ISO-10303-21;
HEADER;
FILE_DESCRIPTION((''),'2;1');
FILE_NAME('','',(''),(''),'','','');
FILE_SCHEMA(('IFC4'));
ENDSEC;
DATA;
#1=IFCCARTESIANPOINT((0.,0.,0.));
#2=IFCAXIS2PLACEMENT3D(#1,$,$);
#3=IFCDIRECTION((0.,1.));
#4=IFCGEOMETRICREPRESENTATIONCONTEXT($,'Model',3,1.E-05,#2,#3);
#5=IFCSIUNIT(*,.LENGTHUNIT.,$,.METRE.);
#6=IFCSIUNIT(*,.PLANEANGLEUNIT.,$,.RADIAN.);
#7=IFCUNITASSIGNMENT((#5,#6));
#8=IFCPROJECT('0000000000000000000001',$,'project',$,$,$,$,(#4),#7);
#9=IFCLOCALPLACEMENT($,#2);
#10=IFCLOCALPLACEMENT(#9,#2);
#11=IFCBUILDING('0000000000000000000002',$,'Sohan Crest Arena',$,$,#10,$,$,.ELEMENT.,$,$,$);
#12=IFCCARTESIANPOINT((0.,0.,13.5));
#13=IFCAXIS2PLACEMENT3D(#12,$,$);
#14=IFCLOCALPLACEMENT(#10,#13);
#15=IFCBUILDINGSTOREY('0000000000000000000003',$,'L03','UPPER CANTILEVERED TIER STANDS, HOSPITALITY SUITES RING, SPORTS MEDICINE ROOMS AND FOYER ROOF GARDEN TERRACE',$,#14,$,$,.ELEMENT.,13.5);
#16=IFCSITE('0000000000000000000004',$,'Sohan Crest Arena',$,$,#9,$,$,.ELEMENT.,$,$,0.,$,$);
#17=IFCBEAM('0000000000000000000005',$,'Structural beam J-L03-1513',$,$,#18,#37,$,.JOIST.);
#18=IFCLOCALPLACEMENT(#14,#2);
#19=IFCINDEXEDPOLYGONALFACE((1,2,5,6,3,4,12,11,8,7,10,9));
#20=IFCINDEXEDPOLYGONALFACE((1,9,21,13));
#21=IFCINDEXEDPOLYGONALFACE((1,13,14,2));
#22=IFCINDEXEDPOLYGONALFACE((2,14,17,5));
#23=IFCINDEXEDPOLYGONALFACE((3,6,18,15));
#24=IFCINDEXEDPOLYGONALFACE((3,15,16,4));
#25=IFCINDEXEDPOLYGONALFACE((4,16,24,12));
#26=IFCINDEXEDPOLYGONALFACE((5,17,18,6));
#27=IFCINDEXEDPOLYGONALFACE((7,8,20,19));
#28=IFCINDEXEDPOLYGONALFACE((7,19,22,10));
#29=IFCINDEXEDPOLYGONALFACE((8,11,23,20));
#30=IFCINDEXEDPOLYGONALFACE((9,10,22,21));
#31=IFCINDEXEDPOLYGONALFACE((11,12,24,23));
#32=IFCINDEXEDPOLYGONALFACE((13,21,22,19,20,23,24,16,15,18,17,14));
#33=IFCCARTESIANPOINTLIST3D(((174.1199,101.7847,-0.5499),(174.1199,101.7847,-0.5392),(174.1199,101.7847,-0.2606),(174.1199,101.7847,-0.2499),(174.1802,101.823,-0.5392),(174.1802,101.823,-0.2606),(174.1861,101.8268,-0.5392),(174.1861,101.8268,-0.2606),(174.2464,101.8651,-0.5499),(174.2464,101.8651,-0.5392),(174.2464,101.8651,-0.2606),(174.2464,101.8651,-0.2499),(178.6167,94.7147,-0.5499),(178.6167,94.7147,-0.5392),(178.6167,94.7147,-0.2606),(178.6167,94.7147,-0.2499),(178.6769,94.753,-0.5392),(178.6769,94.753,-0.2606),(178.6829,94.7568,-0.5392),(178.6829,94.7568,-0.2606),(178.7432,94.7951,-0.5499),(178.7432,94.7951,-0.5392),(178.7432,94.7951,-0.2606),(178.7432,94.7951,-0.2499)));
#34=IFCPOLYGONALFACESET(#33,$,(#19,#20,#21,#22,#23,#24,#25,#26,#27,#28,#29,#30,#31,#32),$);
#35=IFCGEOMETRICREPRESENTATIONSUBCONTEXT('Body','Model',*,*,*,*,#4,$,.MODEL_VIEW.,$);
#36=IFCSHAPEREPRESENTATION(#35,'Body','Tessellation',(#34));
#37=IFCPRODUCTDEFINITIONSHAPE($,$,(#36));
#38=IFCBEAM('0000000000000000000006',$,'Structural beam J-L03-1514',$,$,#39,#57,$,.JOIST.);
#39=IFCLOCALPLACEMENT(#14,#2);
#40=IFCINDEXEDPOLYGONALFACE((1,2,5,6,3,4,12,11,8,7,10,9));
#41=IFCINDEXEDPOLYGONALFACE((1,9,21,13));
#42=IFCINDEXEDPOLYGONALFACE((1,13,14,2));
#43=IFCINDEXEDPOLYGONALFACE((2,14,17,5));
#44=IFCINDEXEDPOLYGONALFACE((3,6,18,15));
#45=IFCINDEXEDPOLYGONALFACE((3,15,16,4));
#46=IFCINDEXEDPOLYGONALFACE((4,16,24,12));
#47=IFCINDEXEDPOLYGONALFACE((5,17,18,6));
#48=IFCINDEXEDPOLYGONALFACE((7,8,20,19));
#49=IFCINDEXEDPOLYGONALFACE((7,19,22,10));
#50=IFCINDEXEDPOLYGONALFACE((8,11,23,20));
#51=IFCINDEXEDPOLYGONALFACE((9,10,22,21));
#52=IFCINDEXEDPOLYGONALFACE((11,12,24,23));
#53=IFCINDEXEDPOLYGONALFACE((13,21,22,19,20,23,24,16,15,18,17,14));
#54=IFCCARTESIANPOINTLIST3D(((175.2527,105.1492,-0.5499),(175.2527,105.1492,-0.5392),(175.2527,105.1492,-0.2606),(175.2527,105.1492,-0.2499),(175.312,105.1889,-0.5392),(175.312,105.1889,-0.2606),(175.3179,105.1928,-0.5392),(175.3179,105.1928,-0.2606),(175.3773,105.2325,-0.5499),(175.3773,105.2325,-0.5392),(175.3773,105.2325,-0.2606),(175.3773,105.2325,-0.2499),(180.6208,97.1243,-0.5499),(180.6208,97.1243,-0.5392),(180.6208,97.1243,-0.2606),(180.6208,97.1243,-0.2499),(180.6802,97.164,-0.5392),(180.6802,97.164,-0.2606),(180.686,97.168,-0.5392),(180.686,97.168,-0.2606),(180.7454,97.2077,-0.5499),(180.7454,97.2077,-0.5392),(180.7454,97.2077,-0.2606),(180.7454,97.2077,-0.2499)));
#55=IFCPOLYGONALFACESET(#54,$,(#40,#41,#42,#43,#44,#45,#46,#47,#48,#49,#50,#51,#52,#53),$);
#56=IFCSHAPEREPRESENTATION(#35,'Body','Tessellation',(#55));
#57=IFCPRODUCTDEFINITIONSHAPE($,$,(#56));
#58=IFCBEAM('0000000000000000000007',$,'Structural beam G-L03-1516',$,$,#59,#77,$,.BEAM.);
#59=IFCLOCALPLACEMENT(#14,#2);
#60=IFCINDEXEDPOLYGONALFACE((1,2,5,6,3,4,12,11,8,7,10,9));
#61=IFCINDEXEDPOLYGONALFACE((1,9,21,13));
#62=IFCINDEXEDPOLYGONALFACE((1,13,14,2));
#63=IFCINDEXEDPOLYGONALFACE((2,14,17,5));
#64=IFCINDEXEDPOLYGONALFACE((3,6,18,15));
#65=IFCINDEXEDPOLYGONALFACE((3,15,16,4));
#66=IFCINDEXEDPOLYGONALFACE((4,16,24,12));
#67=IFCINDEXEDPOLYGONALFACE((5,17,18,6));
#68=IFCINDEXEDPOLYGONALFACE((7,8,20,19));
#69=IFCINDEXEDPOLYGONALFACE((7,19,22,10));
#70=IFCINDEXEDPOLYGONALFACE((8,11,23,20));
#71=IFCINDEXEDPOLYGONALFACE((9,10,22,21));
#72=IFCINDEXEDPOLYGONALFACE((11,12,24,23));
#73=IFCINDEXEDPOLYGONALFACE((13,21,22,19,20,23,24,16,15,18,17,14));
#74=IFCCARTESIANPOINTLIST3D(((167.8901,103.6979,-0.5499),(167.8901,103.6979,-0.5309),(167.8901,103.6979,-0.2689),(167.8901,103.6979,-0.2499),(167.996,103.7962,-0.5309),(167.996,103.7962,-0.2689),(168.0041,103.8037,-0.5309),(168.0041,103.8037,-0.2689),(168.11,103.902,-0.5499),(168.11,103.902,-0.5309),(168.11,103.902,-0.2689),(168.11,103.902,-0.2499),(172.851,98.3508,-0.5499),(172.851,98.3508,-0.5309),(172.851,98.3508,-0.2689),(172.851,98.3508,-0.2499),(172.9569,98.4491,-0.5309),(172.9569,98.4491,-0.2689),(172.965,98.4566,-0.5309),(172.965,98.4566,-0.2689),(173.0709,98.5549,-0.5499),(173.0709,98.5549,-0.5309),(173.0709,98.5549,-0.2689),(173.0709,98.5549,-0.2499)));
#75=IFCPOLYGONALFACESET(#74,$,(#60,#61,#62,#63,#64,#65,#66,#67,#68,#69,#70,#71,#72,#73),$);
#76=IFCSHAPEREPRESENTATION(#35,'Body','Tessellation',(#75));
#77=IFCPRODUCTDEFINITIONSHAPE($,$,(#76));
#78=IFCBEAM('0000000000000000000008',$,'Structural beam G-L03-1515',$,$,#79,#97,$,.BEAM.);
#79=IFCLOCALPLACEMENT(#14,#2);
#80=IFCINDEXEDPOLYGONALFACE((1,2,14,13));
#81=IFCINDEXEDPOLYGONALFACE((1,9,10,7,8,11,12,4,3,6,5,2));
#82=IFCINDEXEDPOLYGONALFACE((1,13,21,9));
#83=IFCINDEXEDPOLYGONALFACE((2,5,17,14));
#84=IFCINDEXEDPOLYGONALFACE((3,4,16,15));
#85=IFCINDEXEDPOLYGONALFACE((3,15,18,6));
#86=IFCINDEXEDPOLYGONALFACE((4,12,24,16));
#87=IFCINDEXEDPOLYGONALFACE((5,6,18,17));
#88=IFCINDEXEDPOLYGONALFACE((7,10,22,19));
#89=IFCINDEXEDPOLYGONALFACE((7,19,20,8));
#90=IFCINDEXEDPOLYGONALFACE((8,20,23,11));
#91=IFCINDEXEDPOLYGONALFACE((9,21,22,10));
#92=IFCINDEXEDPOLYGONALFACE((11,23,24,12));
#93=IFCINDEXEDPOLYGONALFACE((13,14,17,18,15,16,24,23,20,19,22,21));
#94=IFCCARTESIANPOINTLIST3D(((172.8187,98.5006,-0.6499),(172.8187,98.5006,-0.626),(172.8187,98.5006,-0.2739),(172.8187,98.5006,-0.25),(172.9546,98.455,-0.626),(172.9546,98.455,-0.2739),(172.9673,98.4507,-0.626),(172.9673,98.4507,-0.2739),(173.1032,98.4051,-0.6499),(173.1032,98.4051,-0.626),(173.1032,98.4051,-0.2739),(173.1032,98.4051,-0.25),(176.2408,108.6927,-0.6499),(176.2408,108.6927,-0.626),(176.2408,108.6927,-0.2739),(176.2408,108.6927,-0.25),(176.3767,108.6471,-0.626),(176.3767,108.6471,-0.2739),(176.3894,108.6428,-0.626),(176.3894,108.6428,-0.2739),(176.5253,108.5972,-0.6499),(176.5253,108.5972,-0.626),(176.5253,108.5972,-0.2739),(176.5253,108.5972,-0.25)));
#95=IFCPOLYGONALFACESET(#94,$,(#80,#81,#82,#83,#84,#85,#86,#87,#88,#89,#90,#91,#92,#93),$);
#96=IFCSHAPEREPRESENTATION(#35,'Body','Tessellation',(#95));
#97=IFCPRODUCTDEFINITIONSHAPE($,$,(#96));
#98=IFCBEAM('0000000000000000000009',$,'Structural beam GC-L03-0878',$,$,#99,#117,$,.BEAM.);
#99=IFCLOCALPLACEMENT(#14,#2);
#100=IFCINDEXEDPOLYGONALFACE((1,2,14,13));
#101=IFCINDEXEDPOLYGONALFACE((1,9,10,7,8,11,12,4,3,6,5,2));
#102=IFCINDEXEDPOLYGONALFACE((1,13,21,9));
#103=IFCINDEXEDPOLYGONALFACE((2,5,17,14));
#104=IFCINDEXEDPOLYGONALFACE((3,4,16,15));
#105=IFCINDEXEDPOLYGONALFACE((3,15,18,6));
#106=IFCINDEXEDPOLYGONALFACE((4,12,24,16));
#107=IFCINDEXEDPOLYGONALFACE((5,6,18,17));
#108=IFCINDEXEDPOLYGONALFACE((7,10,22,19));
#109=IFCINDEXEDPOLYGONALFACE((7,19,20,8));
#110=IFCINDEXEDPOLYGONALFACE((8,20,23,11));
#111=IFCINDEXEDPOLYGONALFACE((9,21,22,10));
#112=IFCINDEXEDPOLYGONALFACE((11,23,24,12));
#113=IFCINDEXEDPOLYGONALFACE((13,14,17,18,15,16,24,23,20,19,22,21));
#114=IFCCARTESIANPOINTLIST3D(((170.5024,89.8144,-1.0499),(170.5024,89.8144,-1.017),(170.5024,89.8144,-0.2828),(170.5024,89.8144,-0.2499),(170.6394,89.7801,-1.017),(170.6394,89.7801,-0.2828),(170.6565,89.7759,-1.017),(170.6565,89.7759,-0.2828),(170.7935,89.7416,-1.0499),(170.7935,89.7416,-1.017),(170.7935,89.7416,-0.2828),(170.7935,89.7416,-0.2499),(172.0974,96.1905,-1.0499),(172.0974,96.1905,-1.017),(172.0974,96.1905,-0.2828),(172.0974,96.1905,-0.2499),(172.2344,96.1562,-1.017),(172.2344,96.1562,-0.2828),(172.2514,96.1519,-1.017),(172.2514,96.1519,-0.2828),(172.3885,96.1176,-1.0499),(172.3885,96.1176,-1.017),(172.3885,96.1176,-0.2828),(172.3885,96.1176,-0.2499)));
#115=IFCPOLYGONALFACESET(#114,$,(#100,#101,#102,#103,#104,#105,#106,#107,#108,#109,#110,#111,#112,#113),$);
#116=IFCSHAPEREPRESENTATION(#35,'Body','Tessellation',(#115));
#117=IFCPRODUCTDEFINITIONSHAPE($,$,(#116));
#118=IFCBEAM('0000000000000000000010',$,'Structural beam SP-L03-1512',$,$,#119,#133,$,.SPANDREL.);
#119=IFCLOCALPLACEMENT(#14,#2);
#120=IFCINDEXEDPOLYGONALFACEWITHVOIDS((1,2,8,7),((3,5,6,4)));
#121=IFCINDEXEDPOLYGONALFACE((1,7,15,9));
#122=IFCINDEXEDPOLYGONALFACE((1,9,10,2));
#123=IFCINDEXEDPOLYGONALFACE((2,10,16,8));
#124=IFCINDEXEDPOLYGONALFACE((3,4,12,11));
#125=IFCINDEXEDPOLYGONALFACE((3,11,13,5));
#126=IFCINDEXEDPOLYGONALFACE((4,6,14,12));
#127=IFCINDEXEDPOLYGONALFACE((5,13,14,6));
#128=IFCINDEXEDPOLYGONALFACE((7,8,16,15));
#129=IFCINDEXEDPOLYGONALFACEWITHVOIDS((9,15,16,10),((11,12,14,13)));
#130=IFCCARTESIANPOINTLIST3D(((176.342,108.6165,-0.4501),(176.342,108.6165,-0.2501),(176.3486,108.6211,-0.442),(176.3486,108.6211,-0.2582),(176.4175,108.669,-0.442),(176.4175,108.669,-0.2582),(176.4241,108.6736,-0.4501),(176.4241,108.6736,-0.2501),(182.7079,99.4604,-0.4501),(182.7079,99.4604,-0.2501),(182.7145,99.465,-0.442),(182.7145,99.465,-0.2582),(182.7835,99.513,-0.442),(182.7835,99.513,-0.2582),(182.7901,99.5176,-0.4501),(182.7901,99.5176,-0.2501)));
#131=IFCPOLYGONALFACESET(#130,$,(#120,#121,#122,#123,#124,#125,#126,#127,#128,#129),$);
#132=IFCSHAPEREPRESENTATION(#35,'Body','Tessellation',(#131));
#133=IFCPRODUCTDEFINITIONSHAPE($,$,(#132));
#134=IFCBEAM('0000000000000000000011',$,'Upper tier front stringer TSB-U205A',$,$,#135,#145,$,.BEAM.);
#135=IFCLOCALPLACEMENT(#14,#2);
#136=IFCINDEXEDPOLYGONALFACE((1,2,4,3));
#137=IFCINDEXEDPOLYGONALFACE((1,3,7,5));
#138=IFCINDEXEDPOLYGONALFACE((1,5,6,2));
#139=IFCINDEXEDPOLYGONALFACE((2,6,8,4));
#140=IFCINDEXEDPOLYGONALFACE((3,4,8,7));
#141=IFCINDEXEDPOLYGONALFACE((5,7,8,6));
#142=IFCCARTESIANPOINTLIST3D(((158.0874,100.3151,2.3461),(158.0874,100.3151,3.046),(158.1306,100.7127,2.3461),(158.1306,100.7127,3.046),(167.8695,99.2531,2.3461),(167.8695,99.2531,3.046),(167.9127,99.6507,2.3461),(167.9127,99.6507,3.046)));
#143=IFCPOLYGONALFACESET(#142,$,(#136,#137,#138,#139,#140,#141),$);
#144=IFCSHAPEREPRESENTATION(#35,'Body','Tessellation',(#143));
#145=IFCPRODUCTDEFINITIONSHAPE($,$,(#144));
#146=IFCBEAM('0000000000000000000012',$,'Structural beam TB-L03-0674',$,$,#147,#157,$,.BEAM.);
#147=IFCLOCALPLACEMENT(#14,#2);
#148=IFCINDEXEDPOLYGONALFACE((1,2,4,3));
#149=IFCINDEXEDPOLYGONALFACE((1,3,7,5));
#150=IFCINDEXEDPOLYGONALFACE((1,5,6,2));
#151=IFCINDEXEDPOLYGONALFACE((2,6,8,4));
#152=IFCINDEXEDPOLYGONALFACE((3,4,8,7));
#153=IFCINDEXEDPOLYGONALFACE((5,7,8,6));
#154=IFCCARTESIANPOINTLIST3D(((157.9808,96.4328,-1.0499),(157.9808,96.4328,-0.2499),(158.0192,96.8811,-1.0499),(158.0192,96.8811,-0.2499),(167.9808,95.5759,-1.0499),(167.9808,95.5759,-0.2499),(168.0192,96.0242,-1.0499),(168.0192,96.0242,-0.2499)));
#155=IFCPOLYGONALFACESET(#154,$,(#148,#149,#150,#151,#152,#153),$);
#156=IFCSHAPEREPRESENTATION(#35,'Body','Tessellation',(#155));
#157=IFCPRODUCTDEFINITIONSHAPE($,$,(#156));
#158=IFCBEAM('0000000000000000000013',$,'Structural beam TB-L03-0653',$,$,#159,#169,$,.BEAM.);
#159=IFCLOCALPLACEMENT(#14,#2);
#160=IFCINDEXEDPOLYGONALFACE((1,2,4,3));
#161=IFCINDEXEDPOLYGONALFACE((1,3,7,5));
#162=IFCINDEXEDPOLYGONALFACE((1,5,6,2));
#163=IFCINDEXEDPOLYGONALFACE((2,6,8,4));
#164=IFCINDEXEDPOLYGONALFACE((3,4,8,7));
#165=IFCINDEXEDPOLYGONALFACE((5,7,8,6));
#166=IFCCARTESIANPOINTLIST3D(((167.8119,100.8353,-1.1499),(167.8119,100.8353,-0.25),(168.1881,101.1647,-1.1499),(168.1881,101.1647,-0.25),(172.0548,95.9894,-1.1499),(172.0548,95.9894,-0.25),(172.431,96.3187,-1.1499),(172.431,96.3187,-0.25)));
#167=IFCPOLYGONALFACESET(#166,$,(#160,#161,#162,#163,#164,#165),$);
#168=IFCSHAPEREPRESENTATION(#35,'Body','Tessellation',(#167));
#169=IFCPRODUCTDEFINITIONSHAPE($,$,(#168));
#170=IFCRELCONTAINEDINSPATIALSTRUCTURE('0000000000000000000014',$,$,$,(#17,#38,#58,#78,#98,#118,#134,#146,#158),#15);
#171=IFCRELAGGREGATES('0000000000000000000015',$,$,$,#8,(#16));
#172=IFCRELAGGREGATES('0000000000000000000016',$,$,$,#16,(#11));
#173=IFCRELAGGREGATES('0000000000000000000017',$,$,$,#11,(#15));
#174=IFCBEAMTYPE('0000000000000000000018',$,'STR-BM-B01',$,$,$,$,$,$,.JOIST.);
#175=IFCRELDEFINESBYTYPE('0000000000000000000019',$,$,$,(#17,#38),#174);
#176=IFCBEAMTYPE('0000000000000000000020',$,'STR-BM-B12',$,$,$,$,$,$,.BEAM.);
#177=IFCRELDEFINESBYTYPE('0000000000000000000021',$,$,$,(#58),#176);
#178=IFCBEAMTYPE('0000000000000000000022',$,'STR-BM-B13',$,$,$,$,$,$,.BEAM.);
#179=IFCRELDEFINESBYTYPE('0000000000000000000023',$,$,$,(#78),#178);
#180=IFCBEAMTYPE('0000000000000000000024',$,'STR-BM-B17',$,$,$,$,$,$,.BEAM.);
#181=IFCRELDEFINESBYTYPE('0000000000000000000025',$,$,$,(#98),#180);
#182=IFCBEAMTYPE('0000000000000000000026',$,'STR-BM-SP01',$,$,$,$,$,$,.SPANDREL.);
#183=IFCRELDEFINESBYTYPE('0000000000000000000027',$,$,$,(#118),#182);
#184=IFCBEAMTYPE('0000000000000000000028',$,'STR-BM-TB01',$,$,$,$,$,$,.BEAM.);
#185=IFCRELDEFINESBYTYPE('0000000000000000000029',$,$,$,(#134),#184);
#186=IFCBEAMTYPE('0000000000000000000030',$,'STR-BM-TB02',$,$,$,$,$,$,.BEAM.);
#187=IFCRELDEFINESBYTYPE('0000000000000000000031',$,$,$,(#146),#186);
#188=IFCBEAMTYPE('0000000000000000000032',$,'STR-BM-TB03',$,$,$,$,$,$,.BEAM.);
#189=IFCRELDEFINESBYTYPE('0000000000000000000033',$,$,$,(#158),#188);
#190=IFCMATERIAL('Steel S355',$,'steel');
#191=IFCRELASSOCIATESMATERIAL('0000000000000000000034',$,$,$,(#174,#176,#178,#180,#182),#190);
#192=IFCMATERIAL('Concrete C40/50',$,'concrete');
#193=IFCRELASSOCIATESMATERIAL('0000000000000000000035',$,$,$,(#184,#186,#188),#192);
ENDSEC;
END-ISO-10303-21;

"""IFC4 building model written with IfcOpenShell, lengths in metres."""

from ifc_helpers import new_model, si_unit, direction, frame, origin, origin_2d, place, context, subcontext, project, spatial, rectangle, hollow_rectangle, i_section, extrude, material, material_profile, profile_set, type_object, element, save


model = new_model("IFC4")

# Units and contexts
model_context = context("Model", 3, precision=1e-05, world=origin(), true_north=direction((0.0, 1.0)))
body_context = subcontext(model_context, "Body", "Model", "MODEL_VIEW")
ifc_project = project(units=[si_unit("LENGTHUNIT", "METRE"), si_unit("PLANEANGLEUNIT", "RADIAN")], contexts=[model_context])

# Site, building, storey
site_placement = place(None, origin())
site = spatial("IfcSite", under=ifc_project, at=site_placement, Name="Sohan Crest Arena", CompositionType="ELEMENT", RefElevation=0.0)
building_placement = place(site_placement, origin())
building = spatial("IfcBuilding", under=site, at=building_placement, Name="Sohan Crest Arena", CompositionType="ELEMENT")
storey_placement = place(building_placement, frame((0.0, 0.0, 13.5)))
storey = spatial("IfcBuildingStorey", under=building, at=storey_placement, Name="L03", Description="UPPER CANTILEVERED TIER STANDS, HOSPITALITY SUITES RING, SPORTS MEDICINE ROOMS AND FOYER ROOF GARDEN TERRACE", CompositionType="ELEMENT", Elevation=13.5)

# Shared definitions
ifc_material_1 = material(Name="Concrete C40/50", Category="concrete")
ifc_material_2 = material(Name="Steel S355", Category="steel")

# Beams
ifc_material_profile_1 = material_profile(ifc_material_2, i_section(OverallWidth=0.1499, OverallDepth=0.3, WebThickness=0.0071, FlangeThickness=0.0107, at=origin_2d()), Name="IPE 300")
ifc_profile_set_1 = profile_set([ifc_material_profile_1], Name="Steel S355")
beam_type_1 = type_object("IfcBeamType", Name="STR-BM-B01", PredefinedType="JOIST", material=ifc_profile_set_1)
beam_1_placement = place(storey_placement, frame((178.6799, 94.7549, -0.3999), z_axis=(-0.536679, 0.843786, 0.0), x_axis=(-0.843786, -0.536679, 0.0)))
element("IfcBeam", 1, at=beam_1_placement, inside=storey, type_object=beam_type_1, Name="Structural beam J-L03-1513", PredefinedType="JOIST", context=body_context, shape_type="SweptSolid", body=[
    extrude(i_section(OverallWidth=0.1499, OverallDepth=0.3, WebThickness=0.0071, FlangeThickness=0.0107, at=origin_2d()), origin(), (0.0, 0.0, 1.0), 8.3789),
])
beam_2_placement = place(storey_placement, frame((180.6831, 97.166, -0.3999), z_axis=(-0.556007, 0.831178, 0.0), x_axis=(-0.831178, -0.556007, 0.0)))
element("IfcBeam", 2, at=beam_2_placement, inside=storey, type_object=beam_type_1, Name="Structural beam J-L03-1514", PredefinedType="JOIST", context=body_context, shape_type="SweptSolid", body=[
    extrude(i_section(OverallWidth=0.1499, OverallDepth=0.3, WebThickness=0.0071, FlangeThickness=0.0107, at=origin_2d()), origin(), (0.0, 0.0, 1.0), 9.6548),
])
ifc_material_profile_2 = material_profile(ifc_material_2, i_section(OverallWidth=0.3, OverallDepth=0.3, WebThickness=0.011, FlangeThickness=0.019, at=origin_2d()), Name="HEB 300")
ifc_profile_set_2 = profile_set([ifc_material_profile_2], Name="Steel S355")
beam_type_2 = type_object("IfcBeamType", Name="STR-BM-B12", PredefinedType="BEAM", material=ifc_profile_set_2)
beam_3_placement = place(storey_placement, frame((172.9609, 98.4529, -0.3999), z_axis=(-0.680135, 0.733087, 0.0), x_axis=(-0.733087, -0.680135, 0.0)))
element("IfcBeam", 3, at=beam_3_placement, inside=storey, type_object=beam_type_2, Name="Structural beam G-L03-1516", PredefinedType="BEAM", context=body_context, shape_type="SweptSolid", body=[
    extrude(i_section(OverallWidth=0.3, OverallDepth=0.3, WebThickness=0.011, FlangeThickness=0.019, at=origin_2d()), origin(), (0.0, 0.0, 1.0), 7.2939),
])
ifc_material_profile_3 = material_profile(ifc_material_2, i_section(OverallWidth=0.3, OverallDepth=0.3999, WebThickness=0.0134, FlangeThickness=0.0239, at=origin_2d()), Name="HEB 400")
ifc_profile_set_3 = profile_set([ifc_material_profile_3], Name="Steel S355")
beam_type_3 = type_object("IfcBeamType", Name="STR-BM-B13", PredefinedType="BEAM", material=ifc_profile_set_3)
beam_4_placement = place(storey_placement, frame((172.9609, 98.4529, -0.45), z_axis=(0.318298, 0.947991, 0.0), x_axis=(-0.947991, 0.318298, 0.0)))
element("IfcBeam", 4, at=beam_4_placement, inside=storey, type_object=beam_type_3, Name="Structural beam G-L03-1515", PredefinedType="BEAM", context=body_context, shape_type="SweptSolid", body=[
    extrude(i_section(OverallWidth=0.3, OverallDepth=0.3999, WebThickness=0.0134, FlangeThickness=0.0239, at=origin_2d()), origin(), (0.0, 0.0, 1.0), 10.7512),
])
ifc_material_profile_4 = material_profile(ifc_material_2, i_section(OverallWidth=0.3, OverallDepth=0.8, WebThickness=0.0176, FlangeThickness=0.033, at=origin_2d()), Name="HEB 800")
ifc_profile_set_4 = profile_set([ifc_material_profile_4], Name="Steel S355")
beam_type_4 = type_object("IfcBeamType", Name="STR-BM-B17", PredefinedType="BEAM", material=ifc_profile_set_4)
beam_5_placement = place(storey_placement, frame((172.2429, 96.1541, -0.6499), z_axis=(-0.242675, -0.970108, 0.0), x_axis=(0.970108, -0.242675, 0.0)))
element("IfcBeam", 5, at=beam_5_placement, inside=storey, type_object=beam_type_4, Name="Structural beam GC-L03-0878", PredefinedType="BEAM", context=body_context, shape_type="SweptSolid", body=[
    extrude(i_section(OverallWidth=0.3, OverallDepth=0.8, WebThickness=0.0176, FlangeThickness=0.033, at=origin_2d()), origin(), (0.0, 0.0, 1.0), 6.5725),
])
ifc_material_profile_5 = material_profile(ifc_material_2, hollow_rectangle(XDim=0.1001, YDim=0.2, WallThickness=0.0081, at=origin_2d()), Name="RHS 200x100x8")
ifc_profile_set_5 = profile_set([ifc_material_profile_5], Name="Steel S355")
beam_type_5 = type_object("IfcBeamType", Name="STR-BM-SP01", PredefinedType="SPANDREL", material=ifc_profile_set_5)
beam_6_placement = place(storey_placement, frame((182.749, 99.489, -0.3501), z_axis=(-0.570857, 0.821049, 0.0), x_axis=(-0.821049, -0.570857, 0.0)))
element("IfcBeam", 6, at=beam_6_placement, inside=storey, type_object=beam_type_5, Name="Structural beam SP-L03-1512", PredefinedType="SPANDREL", context=body_context, shape_type="SweptSolid", body=[
    extrude(hollow_rectangle(XDim=0.1001, YDim=0.2, WallThickness=0.0081, at=origin_2d()), origin(), (0.0, 0.0, 1.0), 11.1516),
])
ifc_material_profile_6 = material_profile(ifc_material_1, rectangle(XDim=0.3999, YDim=0.7, at=origin_2d()), Name="RC-BM 400x700")
ifc_profile_set_6 = profile_set([ifc_material_profile_6], Name="Concrete C40/50")
beam_type_6 = type_object("IfcBeamType", Name="STR-BM-TB01", PredefinedType="BEAM", material=ifc_profile_set_6)
beam_7_placement = place(storey_placement, frame((167.8911, 99.4519, 2.696), z_axis=(-0.994158, 0.107931, 0.0), x_axis=(-0.107931, -0.994158, 0.0)))
element("IfcBeam", 7, at=beam_7_placement, inside=storey, type_object=beam_type_6, Name="Upper tier front stringer TSB-U205A", PredefinedType="BEAM", context=body_context, shape_type="SweptSolid", body=[
    extrude(rectangle(XDim=0.3999, YDim=0.7, at=origin_2d()), origin(), (0.0, 0.0, 1.0), 9.8396),
])
ifc_material_profile_7 = material_profile(ifc_material_1, rectangle(XDim=0.45, YDim=0.8, at=origin_2d()), Name="RC-BM 450x800")
ifc_profile_set_7 = profile_set([ifc_material_profile_7], Name="Concrete C40/50")
beam_type_7 = type_object("IfcBeamType", Name="STR-BM-TB02", PredefinedType="BEAM", material=ifc_profile_set_7)
beam_8_placement = place(storey_placement, frame((168.0, 95.8, -0.6499), z_axis=(-0.996348, 0.08538, 0.0), x_axis=(-0.08538, -0.996348, 0.0)))
element("IfcBeam", 8, at=beam_8_placement, inside=storey, type_object=beam_type_7, Name="Structural beam TB-L03-0674", PredefinedType="BEAM", context=body_context, shape_type="SweptSolid", body=[
    extrude(rectangle(XDim=0.45, YDim=0.8, at=origin_2d()), origin(), (0.0, 0.0, 1.0), 10.0366),
])
ifc_material_profile_8 = material_profile(ifc_material_1, rectangle(XDim=0.5, YDim=0.8999, at=origin_2d()), Name="RC-BM 500x900")
ifc_profile_set_8 = profile_set([ifc_material_profile_8], Name="Concrete C40/50")
beam_type_8 = type_object("IfcBeamType", Name="STR-BM-TB03", PredefinedType="BEAM", material=ifc_profile_set_8)
beam_9_placement = place(storey_placement, frame((172.2429, 96.1541, -0.7), z_axis=(-0.658743, 0.752368, 0.0), x_axis=(-0.752368, -0.658743, 0.0)))
element("IfcBeam", 9, at=beam_9_placement, inside=storey, type_object=beam_type_8, Name="Structural beam TB-L03-0653", PredefinedType="BEAM", context=body_context, shape_type="SweptSolid", body=[
    extrude(rectangle(XDim=0.5, YDim=0.8999, at=origin_2d()), origin(), (0.0, 0.0, 1.0), 6.4409),
])

save(model, "model.ifc")
